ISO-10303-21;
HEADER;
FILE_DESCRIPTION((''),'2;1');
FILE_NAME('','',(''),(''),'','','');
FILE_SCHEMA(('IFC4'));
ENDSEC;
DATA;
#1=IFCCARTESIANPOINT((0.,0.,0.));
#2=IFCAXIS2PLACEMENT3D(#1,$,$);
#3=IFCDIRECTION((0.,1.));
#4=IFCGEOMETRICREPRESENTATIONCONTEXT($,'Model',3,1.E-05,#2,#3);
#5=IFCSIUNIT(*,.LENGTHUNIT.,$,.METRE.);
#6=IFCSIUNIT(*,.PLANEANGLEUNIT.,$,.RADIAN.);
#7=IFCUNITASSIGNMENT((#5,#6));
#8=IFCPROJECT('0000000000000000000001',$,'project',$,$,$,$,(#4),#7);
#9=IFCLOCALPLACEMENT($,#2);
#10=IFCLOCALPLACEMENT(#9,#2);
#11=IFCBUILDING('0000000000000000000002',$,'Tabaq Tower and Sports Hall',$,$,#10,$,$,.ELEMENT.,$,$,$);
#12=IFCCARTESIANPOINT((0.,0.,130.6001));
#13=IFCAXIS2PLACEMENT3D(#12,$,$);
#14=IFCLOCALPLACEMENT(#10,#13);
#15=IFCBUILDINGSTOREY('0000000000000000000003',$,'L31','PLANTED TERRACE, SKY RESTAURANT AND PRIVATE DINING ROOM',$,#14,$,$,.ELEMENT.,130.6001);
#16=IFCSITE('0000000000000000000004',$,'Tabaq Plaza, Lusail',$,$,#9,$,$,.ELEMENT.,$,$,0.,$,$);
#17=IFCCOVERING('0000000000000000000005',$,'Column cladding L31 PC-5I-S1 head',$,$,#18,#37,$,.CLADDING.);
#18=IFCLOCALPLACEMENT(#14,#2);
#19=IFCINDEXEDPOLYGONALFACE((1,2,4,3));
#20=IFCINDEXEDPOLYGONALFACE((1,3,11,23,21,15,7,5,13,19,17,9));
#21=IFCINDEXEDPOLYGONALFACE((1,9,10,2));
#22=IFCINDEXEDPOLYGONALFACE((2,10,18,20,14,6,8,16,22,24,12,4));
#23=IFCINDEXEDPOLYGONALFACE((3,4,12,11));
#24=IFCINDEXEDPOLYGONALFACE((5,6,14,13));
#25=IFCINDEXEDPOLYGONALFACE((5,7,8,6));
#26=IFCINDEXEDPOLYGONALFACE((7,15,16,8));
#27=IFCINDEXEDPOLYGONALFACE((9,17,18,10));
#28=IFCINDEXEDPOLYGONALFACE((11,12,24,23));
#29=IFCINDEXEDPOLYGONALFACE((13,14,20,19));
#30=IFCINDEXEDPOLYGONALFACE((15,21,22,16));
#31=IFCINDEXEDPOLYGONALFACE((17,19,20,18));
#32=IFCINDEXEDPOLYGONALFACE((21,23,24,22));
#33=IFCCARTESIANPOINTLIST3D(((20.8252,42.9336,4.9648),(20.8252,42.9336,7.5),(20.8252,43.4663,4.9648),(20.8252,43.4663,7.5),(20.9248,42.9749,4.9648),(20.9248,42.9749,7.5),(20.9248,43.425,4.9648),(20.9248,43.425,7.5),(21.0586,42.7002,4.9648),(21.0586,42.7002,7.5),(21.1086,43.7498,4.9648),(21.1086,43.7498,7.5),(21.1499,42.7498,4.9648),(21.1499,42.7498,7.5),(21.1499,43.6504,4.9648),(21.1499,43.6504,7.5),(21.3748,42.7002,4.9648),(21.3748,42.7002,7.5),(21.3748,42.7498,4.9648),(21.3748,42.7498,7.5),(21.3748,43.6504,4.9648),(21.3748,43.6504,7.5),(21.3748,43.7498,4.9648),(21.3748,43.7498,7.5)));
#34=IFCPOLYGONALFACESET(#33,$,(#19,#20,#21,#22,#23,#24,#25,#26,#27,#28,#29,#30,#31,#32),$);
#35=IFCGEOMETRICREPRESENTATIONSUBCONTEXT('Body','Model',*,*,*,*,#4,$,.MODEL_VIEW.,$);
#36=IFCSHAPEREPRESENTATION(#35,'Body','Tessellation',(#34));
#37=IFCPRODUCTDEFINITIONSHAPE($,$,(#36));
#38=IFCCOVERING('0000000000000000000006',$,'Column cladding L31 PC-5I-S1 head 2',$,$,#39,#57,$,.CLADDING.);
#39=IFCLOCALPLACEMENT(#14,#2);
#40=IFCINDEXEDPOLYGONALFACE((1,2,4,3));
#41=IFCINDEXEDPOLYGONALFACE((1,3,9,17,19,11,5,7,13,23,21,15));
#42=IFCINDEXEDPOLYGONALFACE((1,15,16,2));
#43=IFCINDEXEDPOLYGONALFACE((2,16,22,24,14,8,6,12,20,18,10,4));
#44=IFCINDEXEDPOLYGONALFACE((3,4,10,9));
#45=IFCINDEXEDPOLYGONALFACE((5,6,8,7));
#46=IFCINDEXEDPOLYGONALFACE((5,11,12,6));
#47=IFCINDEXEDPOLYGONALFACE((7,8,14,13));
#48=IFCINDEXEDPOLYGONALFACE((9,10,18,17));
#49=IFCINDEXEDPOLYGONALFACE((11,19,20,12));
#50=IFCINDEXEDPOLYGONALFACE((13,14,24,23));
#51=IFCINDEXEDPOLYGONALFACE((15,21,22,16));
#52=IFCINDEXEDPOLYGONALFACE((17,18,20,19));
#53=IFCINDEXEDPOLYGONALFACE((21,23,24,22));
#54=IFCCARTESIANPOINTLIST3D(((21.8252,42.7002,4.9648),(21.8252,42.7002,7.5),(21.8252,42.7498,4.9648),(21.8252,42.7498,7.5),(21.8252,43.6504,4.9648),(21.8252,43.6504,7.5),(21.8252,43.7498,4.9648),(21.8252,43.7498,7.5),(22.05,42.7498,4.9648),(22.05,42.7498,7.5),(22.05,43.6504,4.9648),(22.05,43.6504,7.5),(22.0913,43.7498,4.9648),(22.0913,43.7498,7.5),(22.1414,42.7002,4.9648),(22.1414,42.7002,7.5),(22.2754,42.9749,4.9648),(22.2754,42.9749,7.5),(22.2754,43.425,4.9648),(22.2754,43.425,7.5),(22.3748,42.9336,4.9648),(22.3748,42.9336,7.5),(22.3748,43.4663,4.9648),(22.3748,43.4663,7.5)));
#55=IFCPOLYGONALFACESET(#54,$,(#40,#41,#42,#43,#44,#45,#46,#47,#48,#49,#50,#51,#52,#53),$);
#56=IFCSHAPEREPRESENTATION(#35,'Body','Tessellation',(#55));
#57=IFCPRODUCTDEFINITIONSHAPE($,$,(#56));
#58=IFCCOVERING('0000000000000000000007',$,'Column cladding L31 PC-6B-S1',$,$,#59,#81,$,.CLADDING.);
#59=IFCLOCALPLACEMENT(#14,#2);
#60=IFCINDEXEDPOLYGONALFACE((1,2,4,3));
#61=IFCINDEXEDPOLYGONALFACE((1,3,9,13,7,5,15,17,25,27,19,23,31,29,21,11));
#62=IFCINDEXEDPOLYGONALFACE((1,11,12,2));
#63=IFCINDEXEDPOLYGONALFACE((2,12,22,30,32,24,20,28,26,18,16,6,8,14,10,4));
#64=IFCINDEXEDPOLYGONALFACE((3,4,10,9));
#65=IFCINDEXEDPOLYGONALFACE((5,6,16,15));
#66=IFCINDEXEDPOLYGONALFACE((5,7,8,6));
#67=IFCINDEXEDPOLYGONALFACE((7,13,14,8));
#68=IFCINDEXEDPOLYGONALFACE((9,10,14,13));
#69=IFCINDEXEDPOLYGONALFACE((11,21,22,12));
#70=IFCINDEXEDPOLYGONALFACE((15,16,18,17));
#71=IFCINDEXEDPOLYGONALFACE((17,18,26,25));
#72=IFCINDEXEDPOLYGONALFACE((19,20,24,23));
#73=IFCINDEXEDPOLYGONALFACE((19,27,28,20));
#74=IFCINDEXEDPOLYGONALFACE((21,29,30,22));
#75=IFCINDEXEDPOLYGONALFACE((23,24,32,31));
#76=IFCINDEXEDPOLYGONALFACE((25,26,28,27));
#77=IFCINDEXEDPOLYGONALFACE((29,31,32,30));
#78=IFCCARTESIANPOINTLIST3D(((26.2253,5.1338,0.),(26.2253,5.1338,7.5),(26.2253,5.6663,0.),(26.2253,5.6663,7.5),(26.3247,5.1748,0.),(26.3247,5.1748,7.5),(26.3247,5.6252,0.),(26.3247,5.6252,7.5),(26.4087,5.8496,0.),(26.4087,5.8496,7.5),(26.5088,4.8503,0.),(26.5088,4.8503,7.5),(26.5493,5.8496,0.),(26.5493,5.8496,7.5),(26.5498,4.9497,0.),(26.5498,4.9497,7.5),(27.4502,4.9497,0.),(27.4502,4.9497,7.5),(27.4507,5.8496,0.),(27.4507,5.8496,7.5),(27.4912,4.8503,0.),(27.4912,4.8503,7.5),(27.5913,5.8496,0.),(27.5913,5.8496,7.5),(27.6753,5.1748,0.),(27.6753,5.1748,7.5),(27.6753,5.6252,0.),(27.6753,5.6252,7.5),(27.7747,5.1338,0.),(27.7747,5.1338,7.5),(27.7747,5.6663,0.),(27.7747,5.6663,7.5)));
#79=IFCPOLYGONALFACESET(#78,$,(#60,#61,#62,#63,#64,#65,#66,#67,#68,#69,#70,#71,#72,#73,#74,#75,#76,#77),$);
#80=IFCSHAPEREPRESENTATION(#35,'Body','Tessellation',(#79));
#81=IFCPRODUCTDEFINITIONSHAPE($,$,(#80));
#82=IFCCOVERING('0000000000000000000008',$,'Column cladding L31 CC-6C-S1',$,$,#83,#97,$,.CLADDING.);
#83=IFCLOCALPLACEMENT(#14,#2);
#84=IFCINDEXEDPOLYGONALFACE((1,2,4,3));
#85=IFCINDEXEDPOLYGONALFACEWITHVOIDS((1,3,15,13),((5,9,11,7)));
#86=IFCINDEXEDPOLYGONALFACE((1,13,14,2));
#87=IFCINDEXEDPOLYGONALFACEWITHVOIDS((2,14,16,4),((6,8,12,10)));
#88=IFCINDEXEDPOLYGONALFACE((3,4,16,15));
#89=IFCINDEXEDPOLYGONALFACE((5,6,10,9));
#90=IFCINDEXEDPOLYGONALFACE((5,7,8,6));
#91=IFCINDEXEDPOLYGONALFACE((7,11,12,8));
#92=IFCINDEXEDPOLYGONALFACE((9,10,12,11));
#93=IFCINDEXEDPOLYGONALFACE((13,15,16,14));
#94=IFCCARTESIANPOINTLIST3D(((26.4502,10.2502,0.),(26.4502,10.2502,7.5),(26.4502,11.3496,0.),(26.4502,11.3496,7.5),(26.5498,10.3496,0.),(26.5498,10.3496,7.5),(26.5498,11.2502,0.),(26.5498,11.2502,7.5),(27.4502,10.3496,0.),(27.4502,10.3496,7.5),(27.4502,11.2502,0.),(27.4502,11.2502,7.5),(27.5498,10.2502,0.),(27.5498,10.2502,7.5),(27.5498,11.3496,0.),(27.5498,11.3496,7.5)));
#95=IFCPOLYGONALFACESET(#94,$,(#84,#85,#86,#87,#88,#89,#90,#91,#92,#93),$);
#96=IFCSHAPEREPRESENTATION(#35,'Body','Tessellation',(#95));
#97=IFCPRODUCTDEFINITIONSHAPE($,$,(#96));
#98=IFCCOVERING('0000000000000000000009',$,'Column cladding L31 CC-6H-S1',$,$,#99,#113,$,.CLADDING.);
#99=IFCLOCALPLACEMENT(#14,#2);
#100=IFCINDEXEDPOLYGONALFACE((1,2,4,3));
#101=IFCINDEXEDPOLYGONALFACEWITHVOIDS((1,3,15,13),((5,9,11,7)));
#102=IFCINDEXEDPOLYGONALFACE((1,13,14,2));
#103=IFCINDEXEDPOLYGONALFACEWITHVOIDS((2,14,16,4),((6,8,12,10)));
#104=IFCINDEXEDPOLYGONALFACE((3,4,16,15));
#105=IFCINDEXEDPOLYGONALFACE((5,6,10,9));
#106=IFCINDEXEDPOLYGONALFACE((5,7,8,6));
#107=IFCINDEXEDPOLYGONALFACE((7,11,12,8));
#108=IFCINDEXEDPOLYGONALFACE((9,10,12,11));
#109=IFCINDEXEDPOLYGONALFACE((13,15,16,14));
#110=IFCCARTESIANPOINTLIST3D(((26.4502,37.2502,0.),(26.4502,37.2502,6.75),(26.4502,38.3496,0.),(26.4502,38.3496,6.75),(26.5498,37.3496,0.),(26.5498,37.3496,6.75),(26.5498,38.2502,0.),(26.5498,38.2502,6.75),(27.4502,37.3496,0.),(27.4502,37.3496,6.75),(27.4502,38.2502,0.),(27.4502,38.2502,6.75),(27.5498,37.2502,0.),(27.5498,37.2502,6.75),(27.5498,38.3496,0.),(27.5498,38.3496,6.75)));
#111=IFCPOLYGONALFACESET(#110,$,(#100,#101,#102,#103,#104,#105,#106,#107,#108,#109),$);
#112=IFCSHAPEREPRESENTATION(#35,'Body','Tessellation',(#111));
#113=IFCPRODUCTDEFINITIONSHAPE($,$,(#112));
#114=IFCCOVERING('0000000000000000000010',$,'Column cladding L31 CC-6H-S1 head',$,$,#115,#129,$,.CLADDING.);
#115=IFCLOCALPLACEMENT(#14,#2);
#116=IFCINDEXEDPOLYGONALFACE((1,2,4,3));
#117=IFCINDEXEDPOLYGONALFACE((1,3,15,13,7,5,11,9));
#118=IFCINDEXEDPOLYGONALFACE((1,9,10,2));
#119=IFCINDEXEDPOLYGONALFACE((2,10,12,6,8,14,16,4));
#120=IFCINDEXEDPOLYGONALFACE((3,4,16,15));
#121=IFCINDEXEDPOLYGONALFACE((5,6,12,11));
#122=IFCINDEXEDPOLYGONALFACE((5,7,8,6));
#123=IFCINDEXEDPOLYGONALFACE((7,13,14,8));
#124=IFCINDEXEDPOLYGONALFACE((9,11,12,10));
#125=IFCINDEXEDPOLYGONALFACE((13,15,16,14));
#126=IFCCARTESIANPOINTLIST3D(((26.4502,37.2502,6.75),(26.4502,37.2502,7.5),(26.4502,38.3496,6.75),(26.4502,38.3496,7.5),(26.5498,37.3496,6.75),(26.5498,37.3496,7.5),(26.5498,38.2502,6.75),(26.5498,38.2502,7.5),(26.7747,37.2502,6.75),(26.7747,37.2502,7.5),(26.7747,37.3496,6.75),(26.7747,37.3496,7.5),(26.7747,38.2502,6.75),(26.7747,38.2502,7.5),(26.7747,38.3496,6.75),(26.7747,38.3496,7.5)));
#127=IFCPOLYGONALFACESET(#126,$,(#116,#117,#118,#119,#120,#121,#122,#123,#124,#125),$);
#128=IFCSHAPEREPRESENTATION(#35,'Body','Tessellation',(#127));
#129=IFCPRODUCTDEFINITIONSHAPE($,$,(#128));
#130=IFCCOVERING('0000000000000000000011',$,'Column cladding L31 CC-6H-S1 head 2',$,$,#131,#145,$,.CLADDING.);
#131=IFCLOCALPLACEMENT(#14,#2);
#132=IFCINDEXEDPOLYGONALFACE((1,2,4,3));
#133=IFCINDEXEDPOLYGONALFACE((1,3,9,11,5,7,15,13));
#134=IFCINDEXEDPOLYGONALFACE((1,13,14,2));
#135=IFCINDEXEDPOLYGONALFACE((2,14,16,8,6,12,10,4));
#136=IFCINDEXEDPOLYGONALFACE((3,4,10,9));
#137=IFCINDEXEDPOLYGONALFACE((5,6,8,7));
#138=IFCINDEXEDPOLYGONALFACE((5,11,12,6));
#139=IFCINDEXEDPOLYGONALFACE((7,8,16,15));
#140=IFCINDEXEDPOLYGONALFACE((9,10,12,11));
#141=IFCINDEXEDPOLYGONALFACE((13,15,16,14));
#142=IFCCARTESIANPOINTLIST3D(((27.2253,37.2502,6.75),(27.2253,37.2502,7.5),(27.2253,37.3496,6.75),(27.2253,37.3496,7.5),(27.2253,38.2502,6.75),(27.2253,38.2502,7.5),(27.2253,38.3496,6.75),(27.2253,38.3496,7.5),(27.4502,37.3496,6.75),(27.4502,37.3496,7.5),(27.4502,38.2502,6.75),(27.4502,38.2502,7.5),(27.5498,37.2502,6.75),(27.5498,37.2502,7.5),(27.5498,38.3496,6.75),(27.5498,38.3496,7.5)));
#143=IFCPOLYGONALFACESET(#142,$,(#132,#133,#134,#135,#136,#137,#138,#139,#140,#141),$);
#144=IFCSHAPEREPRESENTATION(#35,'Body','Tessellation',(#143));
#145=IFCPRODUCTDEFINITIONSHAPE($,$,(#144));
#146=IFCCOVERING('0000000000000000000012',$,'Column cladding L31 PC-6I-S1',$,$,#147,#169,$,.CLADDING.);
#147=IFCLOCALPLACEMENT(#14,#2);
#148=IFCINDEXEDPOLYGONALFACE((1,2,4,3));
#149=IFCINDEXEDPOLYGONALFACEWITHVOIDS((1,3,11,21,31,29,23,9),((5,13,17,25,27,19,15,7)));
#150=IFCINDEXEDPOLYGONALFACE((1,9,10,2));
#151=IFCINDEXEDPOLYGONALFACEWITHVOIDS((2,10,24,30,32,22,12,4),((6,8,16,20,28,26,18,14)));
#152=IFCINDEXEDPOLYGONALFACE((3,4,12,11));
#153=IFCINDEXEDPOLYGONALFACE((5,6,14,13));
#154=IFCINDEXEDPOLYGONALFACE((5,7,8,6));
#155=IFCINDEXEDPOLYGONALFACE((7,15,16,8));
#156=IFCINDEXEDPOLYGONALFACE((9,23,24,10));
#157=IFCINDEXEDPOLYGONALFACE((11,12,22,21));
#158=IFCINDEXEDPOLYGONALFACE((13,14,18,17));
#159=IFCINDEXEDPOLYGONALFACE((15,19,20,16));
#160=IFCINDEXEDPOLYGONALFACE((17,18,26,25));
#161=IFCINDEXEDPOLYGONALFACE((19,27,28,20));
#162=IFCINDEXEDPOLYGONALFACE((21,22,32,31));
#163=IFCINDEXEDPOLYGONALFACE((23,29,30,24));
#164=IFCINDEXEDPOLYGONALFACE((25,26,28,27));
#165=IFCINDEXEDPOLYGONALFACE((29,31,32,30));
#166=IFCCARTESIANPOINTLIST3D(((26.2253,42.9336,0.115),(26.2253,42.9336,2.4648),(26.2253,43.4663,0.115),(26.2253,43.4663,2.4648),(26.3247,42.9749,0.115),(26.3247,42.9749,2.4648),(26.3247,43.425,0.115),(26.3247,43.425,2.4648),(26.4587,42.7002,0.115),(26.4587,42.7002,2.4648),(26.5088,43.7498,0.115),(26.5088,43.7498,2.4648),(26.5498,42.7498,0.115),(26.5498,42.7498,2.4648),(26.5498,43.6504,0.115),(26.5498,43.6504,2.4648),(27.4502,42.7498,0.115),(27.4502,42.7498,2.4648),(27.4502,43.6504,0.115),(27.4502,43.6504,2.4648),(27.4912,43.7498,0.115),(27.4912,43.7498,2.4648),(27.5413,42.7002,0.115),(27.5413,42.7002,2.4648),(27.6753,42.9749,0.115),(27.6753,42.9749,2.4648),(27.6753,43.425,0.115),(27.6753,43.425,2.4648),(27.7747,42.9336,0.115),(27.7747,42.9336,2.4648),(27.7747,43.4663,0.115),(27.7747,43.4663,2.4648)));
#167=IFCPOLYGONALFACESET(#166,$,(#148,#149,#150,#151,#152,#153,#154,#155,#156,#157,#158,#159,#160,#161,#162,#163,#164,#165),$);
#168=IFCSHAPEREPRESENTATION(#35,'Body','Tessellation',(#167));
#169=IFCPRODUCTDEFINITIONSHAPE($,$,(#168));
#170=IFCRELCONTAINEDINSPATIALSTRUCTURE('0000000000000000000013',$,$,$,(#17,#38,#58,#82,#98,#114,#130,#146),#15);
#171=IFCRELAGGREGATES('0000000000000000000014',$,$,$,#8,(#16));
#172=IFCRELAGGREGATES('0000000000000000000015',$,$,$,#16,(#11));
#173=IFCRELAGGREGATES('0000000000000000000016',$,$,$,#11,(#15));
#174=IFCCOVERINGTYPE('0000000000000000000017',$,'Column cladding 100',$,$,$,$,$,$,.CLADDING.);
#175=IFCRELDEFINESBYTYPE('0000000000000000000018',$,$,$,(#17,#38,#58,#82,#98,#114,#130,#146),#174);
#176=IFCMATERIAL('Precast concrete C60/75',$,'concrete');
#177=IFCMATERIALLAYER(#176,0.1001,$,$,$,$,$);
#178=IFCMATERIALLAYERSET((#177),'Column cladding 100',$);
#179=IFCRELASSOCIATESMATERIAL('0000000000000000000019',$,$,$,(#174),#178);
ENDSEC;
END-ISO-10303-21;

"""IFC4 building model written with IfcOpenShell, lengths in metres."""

from ifc_helpers import new_model, si_unit, direction, frame, origin, place, context, subcontext, project, spatial, polyline, outline, extrude, material, layer, layer_set, type_object, element, save


model = new_model("IFC4")

# Units and contexts
model_context = context("Model", 3, precision=1e-05, world=origin(), true_north=direction((0.0, 1.0)))
body_context = subcontext(model_context, "Body", "Model", "MODEL_VIEW")
ifc_project = project(units=[si_unit("LENGTHUNIT", "METRE"), si_unit("PLANEANGLEUNIT", "RADIAN")], contexts=[model_context])

# Site, building, storey
site_placement = place(None, origin())
site = spatial("IfcSite", under=ifc_project, at=site_placement, Name="Tabaq Plaza, Lusail", CompositionType="ELEMENT", RefElevation=0.0)
building_placement = place(site_placement, origin())
building = spatial("IfcBuilding", under=site, at=building_placement, Name="Tabaq Tower and Sports Hall", CompositionType="ELEMENT")
storey_placement = place(building_placement, frame((0.0, 0.0, 130.6001)))
storey = spatial("IfcBuildingStorey", under=building, at=storey_placement, Name="L31", Description="PLANTED TERRACE, SKY RESTAURANT AND PRIVATE DINING ROOM", CompositionType="ELEMENT", Elevation=130.6001)

# Coverings
ifc_material_1 = material(Name="Precast concrete C60/75", Category="concrete")
ifc_layer = layer(ifc_material_1, 0.1001)
ifc_layer_set = layer_set([ifc_layer], Name="Column cladding 100")
covering_type_1 = type_object("IfcCoveringType", Name="Column cladding 100", PredefinedType="CLADDING", material=ifc_layer_set)
covering_1_placement = place(storey_placement, frame((0.0, 0.0, 4.9648)))
element("IfcCovering", 1, at=covering_1_placement, inside=storey, type_object=covering_type_1, Name="Column cladding L31 PC-5I-S1 head", PredefinedType="CLADDING", context=body_context, shape_type="SweptSolid", body=[
    extrude(outline(polyline([(21.1086, 43.7498), (21.3748, 43.7498), (21.3748, 43.6504), (21.1499, 43.6504), (20.9248, 43.425), (20.9248, 42.9749), (21.1499, 42.7498), (21.3748, 42.7498), (21.3748, 42.7002), (21.0586, 42.7002), (20.8252, 42.9336), (20.8252, 43.4663), (21.1086, 43.7498)])), origin(), (0.0, 0.0, 1.0), 2.5352),
])
covering_2_placement = place(storey_placement, frame((0.0, 0.0, 4.9648)))
element("IfcCovering", 2, at=covering_2_placement, inside=storey, type_object=covering_type_1, Name="Column cladding L31 PC-5I-S1 head 2", PredefinedType="CLADDING", context=body_context, shape_type="SweptSolid", body=[
    extrude(outline(polyline([(22.0913, 43.7498), (22.3748, 43.4663), (22.3748, 42.9336), (22.1414, 42.7002), (21.8252, 42.7002), (21.8252, 42.7498), (22.05, 42.7498), (22.2754, 42.9749), (22.2754, 43.425), (22.05, 43.6504), (21.8252, 43.6504), (21.8252, 43.7498), (22.0913, 43.7498)])), origin(), (0.0, 0.0, 1.0), 2.5352),
])
covering_3_placement = place(storey_placement, origin())
element("IfcCovering", 3, at=covering_3_placement, inside=storey, type_object=covering_type_1, Name="Column cladding L31 PC-6B-S1", PredefinedType="CLADDING", context=body_context, shape_type="SweptSolid", body=[
    extrude(outline(polyline([(26.2253, 5.6663), (26.4087, 5.8496), (26.5493, 5.8496), (26.3247, 5.6252), (26.3247, 5.1748), (26.5498, 4.9497), (27.4502, 4.9497), (27.6753, 5.1748), (27.6753, 5.6252), (27.4507, 5.8496), (27.5913, 5.8496), (27.7747, 5.6663), (27.7747, 5.1338), (27.4912, 4.8503), (26.5088, 4.8503), (26.2253, 5.1338), (26.2253, 5.6663)])), origin(), (0.0, 0.0, 1.0), 7.5),
])
covering_4_placement = place(storey_placement, origin())
element("IfcCovering", 4, at=covering_4_placement, inside=storey, type_object=covering_type_1, Name="Column cladding L31 CC-6C-S1", PredefinedType="CLADDING", context=body_context, shape_type="SweptSolid", body=[
    extrude(outline(polyline([(26.4502, 11.3496), (27.5498, 11.3496), (27.5498, 10.2502), (26.4502, 10.2502), (26.4502, 11.3496)]), holes=[polyline([(27.4502, 10.3496), (27.4502, 11.2502), (26.5498, 11.2502), (26.5498, 10.3496), (27.4502, 10.3496)])]), origin(), (0.0, 0.0, 1.0), 7.5),
])
covering_5_placement = place(storey_placement, origin())
element("IfcCovering", 5, at=covering_5_placement, inside=storey, type_object=covering_type_1, Name="Column cladding L31 CC-6H-S1", PredefinedType="CLADDING", context=body_context, shape_type="SweptSolid", body=[
    extrude(outline(polyline([(26.4502, 38.3496), (27.5498, 38.3496), (27.5498, 37.2502), (26.4502, 37.2502), (26.4502, 38.3496)]), holes=[polyline([(27.4502, 37.3496), (27.4502, 38.2502), (26.5498, 38.2502), (26.5498, 37.3496), (27.4502, 37.3496)])]), origin(), (0.0, 0.0, 1.0), 6.75),
])
covering_6_placement = place(storey_placement, frame((0.0, 0.0, 6.75)))
element("IfcCovering", 6, at=covering_6_placement, inside=storey, type_object=covering_type_1, Name="Column cladding L31 CC-6H-S1 head", PredefinedType="CLADDING", context=body_context, shape_type="SweptSolid", body=[
    extrude(outline(polyline([(26.7747, 38.3496), (26.7747, 38.2502), (26.5498, 38.2502), (26.5498, 37.3496), (26.7747, 37.3496), (26.7747, 37.2502), (26.4502, 37.2502), (26.4502, 38.3496), (26.7747, 38.3496)])), origin(), (0.0, 0.0, 1.0), 0.75),
])
covering_7_placement = place(storey_placement, frame((0.0, 0.0, 6.75)))
element("IfcCovering", 7, at=covering_7_placement, inside=storey, type_object=covering_type_1, Name="Column cladding L31 CC-6H-S1 head 2", PredefinedType="CLADDING", context=body_context, shape_type="SweptSolid", body=[
    extrude(outline(polyline([(27.5498, 38.3496), (27.5498, 37.2502), (27.2253, 37.2502), (27.2253, 37.3496), (27.4502, 37.3496), (27.4502, 38.2502), (27.2253, 38.2502), (27.2253, 38.3496), (27.5498, 38.3496)])), origin(), (0.0, 0.0, 1.0), 0.75),
])
covering_8_placement = place(storey_placement, frame((0.0, 0.0, 0.115)))
element("IfcCovering", 8, at=covering_8_placement, inside=storey, type_object=covering_type_1, Name="Column cladding L31 PC-6I-S1", PredefinedType="CLADDING", context=body_context, shape_type="SweptSolid", body=[
    extrude(outline(polyline([(26.2253, 43.4663), (26.5088, 43.7498), (27.4912, 43.7498), (27.7747, 43.4663), (27.7747, 42.9336), (27.5413, 42.7002), (26.4587, 42.7002), (26.2253, 42.9336), (26.2253, 43.4663)]), holes=[polyline([(27.6753, 42.9749), (27.6753, 43.425), (27.4502, 43.6504), (26.5498, 43.6504), (26.3247, 43.425), (26.3247, 42.9749), (26.5498, 42.7498), (27.4502, 42.7498), (27.6753, 42.9749)])]), origin(), (0.0, 0.0, 1.0), 2.3499),
])

save(model, "model.ifc")
